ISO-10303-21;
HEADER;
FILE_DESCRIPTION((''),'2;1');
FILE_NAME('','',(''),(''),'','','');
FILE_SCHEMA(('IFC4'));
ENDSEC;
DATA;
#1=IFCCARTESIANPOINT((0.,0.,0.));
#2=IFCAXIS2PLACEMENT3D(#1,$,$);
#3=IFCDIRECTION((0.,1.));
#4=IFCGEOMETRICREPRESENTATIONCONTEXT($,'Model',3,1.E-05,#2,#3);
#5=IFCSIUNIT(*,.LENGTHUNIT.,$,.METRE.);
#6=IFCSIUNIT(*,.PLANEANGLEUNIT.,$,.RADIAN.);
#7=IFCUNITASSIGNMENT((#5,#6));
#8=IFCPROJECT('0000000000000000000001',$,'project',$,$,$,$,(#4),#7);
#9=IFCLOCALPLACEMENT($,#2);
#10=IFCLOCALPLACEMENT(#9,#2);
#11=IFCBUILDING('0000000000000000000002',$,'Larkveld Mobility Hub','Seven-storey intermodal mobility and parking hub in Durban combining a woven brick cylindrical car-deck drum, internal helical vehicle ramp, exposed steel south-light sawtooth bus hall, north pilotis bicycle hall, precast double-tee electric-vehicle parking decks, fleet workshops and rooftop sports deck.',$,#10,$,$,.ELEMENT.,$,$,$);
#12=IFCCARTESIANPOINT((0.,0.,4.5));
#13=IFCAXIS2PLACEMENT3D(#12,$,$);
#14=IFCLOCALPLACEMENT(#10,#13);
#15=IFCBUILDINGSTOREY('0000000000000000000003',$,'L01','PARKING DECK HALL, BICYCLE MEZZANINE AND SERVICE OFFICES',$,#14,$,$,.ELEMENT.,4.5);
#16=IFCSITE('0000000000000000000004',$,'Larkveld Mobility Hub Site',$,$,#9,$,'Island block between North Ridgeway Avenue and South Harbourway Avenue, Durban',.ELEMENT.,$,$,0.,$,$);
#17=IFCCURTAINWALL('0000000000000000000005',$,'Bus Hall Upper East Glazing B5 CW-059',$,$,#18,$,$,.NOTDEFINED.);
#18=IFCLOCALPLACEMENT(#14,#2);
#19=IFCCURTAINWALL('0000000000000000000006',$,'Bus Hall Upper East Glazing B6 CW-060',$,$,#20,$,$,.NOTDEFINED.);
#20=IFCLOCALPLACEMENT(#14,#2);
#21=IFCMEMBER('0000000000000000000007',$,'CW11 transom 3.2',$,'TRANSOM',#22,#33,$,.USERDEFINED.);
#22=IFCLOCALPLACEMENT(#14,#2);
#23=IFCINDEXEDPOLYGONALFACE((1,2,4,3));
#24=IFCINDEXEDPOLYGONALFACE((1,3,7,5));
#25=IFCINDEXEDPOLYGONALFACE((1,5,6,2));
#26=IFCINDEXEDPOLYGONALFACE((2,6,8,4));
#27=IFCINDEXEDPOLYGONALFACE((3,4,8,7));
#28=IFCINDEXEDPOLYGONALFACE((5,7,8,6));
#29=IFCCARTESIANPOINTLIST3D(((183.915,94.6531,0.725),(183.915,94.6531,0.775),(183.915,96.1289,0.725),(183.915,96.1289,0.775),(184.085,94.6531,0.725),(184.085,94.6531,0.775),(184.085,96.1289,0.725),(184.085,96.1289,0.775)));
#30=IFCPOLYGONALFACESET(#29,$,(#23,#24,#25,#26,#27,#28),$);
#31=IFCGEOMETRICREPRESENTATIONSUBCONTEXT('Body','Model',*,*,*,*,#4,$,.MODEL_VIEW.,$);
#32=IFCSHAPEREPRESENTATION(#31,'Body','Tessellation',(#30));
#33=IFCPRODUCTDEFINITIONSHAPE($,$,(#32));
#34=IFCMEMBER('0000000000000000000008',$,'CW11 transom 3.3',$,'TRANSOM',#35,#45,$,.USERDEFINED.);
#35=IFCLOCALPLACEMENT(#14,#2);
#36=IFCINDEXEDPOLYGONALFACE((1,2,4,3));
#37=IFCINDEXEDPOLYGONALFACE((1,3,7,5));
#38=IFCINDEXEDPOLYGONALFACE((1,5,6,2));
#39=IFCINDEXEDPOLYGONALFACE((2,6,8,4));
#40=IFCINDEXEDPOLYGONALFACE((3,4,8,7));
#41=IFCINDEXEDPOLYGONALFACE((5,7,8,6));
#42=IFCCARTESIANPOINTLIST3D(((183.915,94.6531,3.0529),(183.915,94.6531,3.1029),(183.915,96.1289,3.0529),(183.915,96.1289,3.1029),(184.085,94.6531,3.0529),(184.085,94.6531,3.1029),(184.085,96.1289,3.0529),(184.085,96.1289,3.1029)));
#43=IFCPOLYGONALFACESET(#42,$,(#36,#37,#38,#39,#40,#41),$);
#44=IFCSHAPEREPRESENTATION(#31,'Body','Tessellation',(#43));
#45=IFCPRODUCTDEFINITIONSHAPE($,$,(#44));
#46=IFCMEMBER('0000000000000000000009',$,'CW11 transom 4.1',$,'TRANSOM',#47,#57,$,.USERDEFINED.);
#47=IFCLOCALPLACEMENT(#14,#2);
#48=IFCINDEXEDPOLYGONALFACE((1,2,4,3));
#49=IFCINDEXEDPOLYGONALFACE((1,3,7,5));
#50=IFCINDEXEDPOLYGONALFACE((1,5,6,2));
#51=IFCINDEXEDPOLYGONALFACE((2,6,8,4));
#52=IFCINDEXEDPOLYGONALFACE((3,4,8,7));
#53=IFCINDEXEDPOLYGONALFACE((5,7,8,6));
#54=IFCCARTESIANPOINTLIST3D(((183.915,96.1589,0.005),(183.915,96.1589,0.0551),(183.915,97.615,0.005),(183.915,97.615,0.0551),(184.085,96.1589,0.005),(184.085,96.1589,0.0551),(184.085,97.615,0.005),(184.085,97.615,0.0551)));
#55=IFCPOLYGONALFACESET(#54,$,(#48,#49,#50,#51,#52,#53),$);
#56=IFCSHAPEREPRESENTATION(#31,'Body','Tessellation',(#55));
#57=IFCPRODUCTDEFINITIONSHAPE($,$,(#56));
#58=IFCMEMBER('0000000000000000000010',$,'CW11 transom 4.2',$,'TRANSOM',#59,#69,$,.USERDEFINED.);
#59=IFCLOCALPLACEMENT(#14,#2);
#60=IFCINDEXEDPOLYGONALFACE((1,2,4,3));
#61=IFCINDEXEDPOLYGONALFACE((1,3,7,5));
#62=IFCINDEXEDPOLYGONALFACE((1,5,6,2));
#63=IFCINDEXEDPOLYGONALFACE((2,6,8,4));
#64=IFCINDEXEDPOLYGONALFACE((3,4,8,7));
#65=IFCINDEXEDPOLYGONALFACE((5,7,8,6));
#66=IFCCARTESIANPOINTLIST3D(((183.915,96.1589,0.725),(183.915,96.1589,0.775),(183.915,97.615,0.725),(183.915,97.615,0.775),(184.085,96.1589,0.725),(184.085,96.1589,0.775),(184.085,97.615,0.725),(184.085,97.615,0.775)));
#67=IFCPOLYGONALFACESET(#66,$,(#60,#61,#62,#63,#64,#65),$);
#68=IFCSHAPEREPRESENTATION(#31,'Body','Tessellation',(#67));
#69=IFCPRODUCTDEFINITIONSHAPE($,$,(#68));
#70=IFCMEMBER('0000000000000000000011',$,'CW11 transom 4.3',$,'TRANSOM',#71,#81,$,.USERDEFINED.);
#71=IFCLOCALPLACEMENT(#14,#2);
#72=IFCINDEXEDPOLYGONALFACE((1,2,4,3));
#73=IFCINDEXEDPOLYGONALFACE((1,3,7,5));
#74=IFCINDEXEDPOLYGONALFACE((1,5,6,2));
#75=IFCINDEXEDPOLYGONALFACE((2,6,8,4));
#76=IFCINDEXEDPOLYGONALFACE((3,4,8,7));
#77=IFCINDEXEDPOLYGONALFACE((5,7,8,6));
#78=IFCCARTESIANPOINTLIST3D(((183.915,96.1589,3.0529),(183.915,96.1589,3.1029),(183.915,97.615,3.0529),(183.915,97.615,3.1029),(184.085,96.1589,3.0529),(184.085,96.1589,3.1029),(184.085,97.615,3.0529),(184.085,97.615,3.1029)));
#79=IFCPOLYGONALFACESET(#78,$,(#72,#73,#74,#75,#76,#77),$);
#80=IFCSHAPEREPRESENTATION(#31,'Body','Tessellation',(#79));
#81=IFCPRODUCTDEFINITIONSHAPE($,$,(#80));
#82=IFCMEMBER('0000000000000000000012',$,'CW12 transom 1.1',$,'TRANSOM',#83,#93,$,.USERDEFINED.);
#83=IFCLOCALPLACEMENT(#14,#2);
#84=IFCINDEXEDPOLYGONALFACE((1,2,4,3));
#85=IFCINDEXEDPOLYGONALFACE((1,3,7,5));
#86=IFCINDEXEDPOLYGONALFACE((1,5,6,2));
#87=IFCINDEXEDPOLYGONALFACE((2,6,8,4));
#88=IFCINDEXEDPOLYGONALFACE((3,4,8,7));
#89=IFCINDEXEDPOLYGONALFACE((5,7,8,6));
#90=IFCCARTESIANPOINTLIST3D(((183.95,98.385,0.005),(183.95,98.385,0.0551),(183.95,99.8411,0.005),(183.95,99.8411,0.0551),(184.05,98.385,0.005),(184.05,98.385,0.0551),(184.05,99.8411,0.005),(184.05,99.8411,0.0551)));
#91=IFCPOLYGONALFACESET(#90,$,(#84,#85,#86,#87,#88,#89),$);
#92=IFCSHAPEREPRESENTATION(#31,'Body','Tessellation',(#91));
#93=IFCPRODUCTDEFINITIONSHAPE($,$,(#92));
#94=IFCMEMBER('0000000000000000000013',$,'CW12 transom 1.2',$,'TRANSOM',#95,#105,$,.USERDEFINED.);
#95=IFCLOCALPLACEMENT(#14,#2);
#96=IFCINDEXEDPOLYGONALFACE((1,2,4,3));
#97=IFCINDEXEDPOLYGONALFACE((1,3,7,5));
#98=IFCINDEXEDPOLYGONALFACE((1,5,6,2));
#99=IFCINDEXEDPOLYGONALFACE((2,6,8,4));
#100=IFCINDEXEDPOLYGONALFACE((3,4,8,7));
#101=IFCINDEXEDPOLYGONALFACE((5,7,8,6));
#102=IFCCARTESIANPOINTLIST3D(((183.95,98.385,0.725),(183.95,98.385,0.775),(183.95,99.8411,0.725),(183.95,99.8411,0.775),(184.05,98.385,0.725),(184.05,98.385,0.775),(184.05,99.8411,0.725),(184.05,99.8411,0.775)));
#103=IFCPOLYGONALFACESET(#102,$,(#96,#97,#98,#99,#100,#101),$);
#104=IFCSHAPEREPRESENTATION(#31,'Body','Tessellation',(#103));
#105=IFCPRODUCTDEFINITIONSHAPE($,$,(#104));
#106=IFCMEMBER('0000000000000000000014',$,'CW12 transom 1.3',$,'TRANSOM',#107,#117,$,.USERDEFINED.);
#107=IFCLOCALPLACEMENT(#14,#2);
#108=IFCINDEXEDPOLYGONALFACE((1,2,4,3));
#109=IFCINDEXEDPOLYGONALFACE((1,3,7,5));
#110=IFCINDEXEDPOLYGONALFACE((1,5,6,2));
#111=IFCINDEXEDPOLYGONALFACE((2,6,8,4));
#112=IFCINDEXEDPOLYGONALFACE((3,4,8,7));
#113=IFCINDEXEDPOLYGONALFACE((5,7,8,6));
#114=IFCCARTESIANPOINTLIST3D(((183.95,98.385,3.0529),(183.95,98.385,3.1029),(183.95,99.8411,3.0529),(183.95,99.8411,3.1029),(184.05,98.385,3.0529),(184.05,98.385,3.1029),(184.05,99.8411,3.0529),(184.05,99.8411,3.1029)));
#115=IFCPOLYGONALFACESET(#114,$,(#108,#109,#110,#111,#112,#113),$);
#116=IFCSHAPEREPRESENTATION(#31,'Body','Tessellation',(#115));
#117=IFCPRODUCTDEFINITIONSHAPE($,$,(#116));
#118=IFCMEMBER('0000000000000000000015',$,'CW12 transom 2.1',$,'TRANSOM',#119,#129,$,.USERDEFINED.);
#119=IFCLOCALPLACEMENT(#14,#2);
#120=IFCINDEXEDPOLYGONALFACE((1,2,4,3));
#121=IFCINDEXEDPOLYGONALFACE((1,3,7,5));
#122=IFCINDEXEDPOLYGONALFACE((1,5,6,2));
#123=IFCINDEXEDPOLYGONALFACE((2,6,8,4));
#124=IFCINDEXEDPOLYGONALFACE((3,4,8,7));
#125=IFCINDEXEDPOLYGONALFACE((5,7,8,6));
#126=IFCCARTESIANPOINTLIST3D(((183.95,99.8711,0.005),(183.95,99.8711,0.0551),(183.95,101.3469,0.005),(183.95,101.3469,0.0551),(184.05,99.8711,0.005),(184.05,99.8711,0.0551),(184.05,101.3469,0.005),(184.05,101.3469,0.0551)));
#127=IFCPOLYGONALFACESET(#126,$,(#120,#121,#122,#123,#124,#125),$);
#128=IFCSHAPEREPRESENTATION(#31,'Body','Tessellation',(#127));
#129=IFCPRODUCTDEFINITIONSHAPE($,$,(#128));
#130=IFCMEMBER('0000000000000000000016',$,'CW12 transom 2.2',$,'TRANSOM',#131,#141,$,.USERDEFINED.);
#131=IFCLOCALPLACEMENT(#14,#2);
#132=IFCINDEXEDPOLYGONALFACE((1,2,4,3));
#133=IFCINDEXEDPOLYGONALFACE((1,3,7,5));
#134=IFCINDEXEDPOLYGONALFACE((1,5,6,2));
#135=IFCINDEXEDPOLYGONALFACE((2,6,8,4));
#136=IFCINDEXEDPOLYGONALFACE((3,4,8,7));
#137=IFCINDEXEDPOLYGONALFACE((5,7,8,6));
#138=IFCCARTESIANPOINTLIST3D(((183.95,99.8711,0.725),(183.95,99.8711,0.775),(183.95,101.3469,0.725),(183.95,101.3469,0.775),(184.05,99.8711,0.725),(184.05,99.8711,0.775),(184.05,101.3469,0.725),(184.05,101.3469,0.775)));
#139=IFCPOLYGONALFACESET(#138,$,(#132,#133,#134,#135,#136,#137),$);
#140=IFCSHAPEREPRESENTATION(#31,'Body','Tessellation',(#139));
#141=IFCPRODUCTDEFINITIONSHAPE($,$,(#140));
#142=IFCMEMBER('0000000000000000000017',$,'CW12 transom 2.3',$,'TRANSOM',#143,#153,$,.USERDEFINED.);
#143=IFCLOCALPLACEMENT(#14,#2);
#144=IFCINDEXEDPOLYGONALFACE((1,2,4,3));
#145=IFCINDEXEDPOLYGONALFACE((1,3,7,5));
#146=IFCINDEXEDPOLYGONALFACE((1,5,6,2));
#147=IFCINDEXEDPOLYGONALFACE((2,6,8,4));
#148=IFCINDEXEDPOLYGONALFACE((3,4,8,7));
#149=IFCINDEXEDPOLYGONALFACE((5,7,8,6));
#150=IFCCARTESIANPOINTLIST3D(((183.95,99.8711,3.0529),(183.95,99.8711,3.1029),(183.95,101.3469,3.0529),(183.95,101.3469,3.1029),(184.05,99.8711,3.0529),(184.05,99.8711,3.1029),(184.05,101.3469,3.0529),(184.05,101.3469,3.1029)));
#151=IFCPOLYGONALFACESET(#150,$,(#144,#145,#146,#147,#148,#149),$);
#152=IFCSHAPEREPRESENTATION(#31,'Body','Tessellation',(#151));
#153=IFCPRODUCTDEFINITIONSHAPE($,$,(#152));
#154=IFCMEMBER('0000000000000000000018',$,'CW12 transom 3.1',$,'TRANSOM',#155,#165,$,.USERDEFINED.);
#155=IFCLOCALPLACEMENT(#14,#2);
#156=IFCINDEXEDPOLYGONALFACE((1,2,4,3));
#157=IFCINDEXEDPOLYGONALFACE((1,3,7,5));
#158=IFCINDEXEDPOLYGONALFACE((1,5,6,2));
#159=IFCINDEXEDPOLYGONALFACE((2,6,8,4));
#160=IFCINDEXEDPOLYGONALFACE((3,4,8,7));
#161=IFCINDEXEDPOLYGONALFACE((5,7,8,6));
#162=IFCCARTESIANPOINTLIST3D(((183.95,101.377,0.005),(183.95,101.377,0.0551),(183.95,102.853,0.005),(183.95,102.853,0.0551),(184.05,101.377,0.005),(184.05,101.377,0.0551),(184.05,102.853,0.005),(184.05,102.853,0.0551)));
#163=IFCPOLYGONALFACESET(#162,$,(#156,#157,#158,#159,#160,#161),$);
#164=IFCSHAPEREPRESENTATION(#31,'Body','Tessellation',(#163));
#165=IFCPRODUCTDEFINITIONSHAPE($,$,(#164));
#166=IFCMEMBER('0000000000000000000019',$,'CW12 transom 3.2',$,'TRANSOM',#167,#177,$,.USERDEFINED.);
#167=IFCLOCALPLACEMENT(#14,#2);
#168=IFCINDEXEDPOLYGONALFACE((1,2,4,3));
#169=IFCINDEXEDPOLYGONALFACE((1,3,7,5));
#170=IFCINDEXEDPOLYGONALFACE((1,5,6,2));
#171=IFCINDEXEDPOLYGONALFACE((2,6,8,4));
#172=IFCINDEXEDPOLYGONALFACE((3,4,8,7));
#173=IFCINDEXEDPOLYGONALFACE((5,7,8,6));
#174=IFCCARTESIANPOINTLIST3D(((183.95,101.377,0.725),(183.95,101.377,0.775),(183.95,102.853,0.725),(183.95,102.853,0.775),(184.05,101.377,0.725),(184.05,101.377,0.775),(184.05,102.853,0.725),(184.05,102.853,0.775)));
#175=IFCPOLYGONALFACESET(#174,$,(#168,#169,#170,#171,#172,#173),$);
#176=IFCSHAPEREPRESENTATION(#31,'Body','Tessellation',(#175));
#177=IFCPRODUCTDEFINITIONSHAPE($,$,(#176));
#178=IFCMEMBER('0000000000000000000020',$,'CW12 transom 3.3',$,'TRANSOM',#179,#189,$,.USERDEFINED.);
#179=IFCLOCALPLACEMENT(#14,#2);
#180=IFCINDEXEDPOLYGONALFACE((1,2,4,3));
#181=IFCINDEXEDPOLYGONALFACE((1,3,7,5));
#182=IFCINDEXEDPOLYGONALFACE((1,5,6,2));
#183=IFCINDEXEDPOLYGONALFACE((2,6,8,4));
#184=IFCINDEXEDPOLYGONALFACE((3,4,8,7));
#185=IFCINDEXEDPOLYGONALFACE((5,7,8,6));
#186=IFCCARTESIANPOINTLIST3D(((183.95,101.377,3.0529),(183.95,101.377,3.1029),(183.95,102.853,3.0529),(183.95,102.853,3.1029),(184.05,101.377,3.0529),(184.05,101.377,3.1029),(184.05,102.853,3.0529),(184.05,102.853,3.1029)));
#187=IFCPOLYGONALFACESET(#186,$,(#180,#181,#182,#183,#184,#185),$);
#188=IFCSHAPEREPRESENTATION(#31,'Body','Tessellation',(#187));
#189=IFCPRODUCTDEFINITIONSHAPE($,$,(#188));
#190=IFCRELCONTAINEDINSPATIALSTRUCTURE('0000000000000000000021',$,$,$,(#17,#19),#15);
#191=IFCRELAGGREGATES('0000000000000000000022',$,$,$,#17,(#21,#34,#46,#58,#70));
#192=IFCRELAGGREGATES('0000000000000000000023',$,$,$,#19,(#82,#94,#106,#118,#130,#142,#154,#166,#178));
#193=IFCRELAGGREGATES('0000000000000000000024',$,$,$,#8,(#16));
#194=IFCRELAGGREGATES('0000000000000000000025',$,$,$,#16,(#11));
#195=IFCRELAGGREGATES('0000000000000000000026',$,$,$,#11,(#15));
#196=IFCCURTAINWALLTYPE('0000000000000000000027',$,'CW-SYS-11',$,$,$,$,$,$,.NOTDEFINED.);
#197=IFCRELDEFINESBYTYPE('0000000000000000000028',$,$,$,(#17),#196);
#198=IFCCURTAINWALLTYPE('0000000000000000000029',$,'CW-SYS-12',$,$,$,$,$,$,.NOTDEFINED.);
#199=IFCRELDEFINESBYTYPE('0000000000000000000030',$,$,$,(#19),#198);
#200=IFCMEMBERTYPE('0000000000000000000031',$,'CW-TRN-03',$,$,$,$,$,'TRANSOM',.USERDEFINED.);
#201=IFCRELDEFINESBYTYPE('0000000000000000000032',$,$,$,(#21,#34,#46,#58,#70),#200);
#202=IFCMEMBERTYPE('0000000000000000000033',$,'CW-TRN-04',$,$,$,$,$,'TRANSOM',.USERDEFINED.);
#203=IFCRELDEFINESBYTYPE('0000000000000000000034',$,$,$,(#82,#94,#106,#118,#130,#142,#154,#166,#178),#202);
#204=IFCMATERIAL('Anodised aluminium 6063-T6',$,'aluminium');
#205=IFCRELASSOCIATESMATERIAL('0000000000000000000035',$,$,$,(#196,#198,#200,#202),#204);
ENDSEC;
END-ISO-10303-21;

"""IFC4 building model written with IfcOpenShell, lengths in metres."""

from ifc_helpers import new_model, si_unit, direction, frame, origin, origin_2d, place, context, subcontext, project, spatial, rectangle, extrude, material, material_profile, profile_set, type_object, element, aggregate, save


model = new_model("IFC4")

# Units and contexts
model_context = context("Model", 3, precision=1e-05, world=origin(), true_north=direction((0.0, 1.0)))
body_context = subcontext(model_context, "Body", "Model", "MODEL_VIEW")
ifc_project = project(units=[si_unit("LENGTHUNIT", "METRE"), si_unit("PLANEANGLEUNIT", "RADIAN")], contexts=[model_context])

# Site, building, storey
site_placement = place(None, origin())
site = spatial("IfcSite", under=ifc_project, at=site_placement, Name="Larkveld Mobility Hub Site", LongName="Island block between North Ridgeway Avenue and South Harbourway Avenue, Durban", CompositionType="ELEMENT", RefElevation=0.0)
building_placement = place(site_placement, origin())
building = spatial("IfcBuilding", under=site, at=building_placement, Name="Larkveld Mobility Hub", Description="Seven-storey intermodal mobility and parking hub in Durban combining a woven brick cylindrical car-deck drum, internal helical vehicle ramp, exposed steel south-light sawtooth bus hall, north pilotis bicycle hall, precast double-tee electric-vehicle parking decks, fleet workshops and rooftop sports deck.", CompositionType="ELEMENT")
storey_placement = place(building_placement, frame((0.0, 0.0, 4.5)))
storey = spatial("IfcBuildingStorey", under=building, at=storey_placement, Name="L01", Description="PARKING DECK HALL, BICYCLE MEZZANINE AND SERVICE OFFICES", CompositionType="ELEMENT", Elevation=4.5)

# Curtain walls
ifc_material_1 = material(Name="Anodised aluminium 6063-T6", Category="aluminium")
curtain_wall_type_1 = type_object("IfcCurtainWallType", Name="CW-SYS-11", PredefinedType="NOTDEFINED", material=ifc_material_1)
curtain_wall_1_placement = place(storey_placement, origin())
curtain_wall_1 = element("IfcCurtainWall", 1, at=curtain_wall_1_placement, inside=storey, type_object=curtain_wall_type_1, Name="Bus Hall Upper East Glazing B5 CW-059", PredefinedType="NOTDEFINED")
curtain_wall_type_2 = type_object("IfcCurtainWallType", Name="CW-SYS-12", PredefinedType="NOTDEFINED", material=ifc_material_1)
curtain_wall_2_placement = place(storey_placement, origin())
curtain_wall_2 = element("IfcCurtainWall", 2, at=curtain_wall_2_placement, inside=storey, type_object=curtain_wall_type_2, Name="Bus Hall Upper East Glazing B6 CW-060", PredefinedType="NOTDEFINED")

# Members
ifc_material_profile_1 = material_profile(ifc_material_1, rectangle(XDim=0.1699, YDim=0.05, at=origin_2d()), Name="ALU TRAN 50x170")
ifc_profile_set_1 = profile_set([ifc_material_profile_1], Name="Anodised aluminium 6063-T6")
member_type_1 = type_object("IfcMemberType", Name="CW-TRN-03", ElementType="TRANSOM", PredefinedType="USERDEFINED", material=ifc_profile_set_1)
member_1_placement = place(storey_placement, frame((184.0, 94.6531, 0.75), z_axis=(0.0, 1.0, 0.0), x_axis=(-1.0, 0.0, 0.0)))
member_1 = element("IfcMember", 3, at=member_1_placement, type_object=member_type_1, Name="CW11 transom 3.2", ObjectType="TRANSOM", PredefinedType="USERDEFINED", context=body_context, shape_type="SweptSolid", body=[
    extrude(rectangle(XDim=0.1699, YDim=0.05, at=origin_2d()), origin(), (0.0, 0.0, 1.0), 1.4758),
])
member_2_placement = place(storey_placement, frame((184.0, 94.6531, 3.0779), z_axis=(0.0, 1.0, 0.0), x_axis=(-1.0, 0.0, 0.0)))
member_2 = element("IfcMember", 4, at=member_2_placement, type_object=member_type_1, Name="CW11 transom 3.3", ObjectType="TRANSOM", PredefinedType="USERDEFINED", context=body_context, shape_type="SweptSolid", body=[
    extrude(rectangle(XDim=0.1699, YDim=0.05, at=origin_2d()), origin(), (0.0, 0.0, 1.0), 1.4758),
])
member_3_placement = place(storey_placement, frame((184.0, 96.1589, 0.03), z_axis=(0.0, 1.0, 0.0), x_axis=(-1.0, 0.0, 0.0)))
member_3 = element("IfcMember", 5, at=member_3_placement, type_object=member_type_1, Name="CW11 transom 4.1", ObjectType="TRANSOM", PredefinedType="USERDEFINED", context=body_context, shape_type="SweptSolid", body=[
    extrude(rectangle(XDim=0.1699, YDim=0.05, at=origin_2d()), origin(), (0.0, 0.0, 1.0), 1.4561),
])
member_4_placement = place(storey_placement, frame((184.0, 96.1589, 0.75), z_axis=(0.0, 1.0, 0.0), x_axis=(-1.0, 0.0, 0.0)))
member_4 = element("IfcMember", 6, at=member_4_placement, type_object=member_type_1, Name="CW11 transom 4.2", ObjectType="TRANSOM", PredefinedType="USERDEFINED", context=body_context, shape_type="SweptSolid", body=[
    extrude(rectangle(XDim=0.1699, YDim=0.05, at=origin_2d()), origin(), (0.0, 0.0, 1.0), 1.4561),
])
member_5_placement = place(storey_placement, frame((184.0, 96.1589, 3.0779), z_axis=(0.0, 1.0, 0.0), x_axis=(-1.0, 0.0, 0.0)))
member_5 = element("IfcMember", 7, at=member_5_placement, type_object=member_type_1, Name="CW11 transom 4.3", ObjectType="TRANSOM", PredefinedType="USERDEFINED", context=body_context, shape_type="SweptSolid", body=[
    extrude(rectangle(XDim=0.1699, YDim=0.05, at=origin_2d()), origin(), (0.0, 0.0, 1.0), 1.4561),
])
ifc_material_profile_2 = material_profile(ifc_material_1, rectangle(XDim=0.1001, YDim=0.05, at=origin_2d()), Name="ALU TRAN 50x100")
ifc_profile_set_2 = profile_set([ifc_material_profile_2], Name="Anodised aluminium 6063-T6")
member_type_2 = type_object("IfcMemberType", Name="CW-TRN-04", ElementType="TRANSOM", PredefinedType="USERDEFINED", material=ifc_profile_set_2)
member_6_placement = place(storey_placement, frame((184.0, 98.385, 0.03), z_axis=(0.0, 1.0, 0.0), x_axis=(-1.0, 0.0, 0.0)))
member_6 = element("IfcMember", 8, at=member_6_placement, type_object=member_type_2, Name="CW12 transom 1.1", ObjectType="TRANSOM", PredefinedType="USERDEFINED", context=body_context, shape_type="SweptSolid", body=[
    extrude(rectangle(XDim=0.1001, YDim=0.05, at=origin_2d()), origin(), (0.0, 0.0, 1.0), 1.4561),
])
member_7_placement = place(storey_placement, frame((184.0, 98.385, 0.75), z_axis=(0.0, 1.0, 0.0), x_axis=(-1.0, 0.0, 0.0)))
member_7 = element("IfcMember", 9, at=member_7_placement, type_object=member_type_2, Name="CW12 transom 1.2", ObjectType="TRANSOM", PredefinedType="USERDEFINED", context=body_context, shape_type="SweptSolid", body=[
    extrude(rectangle(XDim=0.1001, YDim=0.05, at=origin_2d()), origin(), (0.0, 0.0, 1.0), 1.4561),
])
member_8_placement = place(storey_placement, frame((184.0, 98.385, 3.0779), z_axis=(0.0, 1.0, 0.0), x_axis=(-1.0, 0.0, 0.0)))
member_8 = element("IfcMember", 10, at=member_8_placement, type_object=member_type_2, Name="CW12 transom 1.3", ObjectType="TRANSOM", PredefinedType="USERDEFINED", context=body_context, shape_type="SweptSolid", body=[
    extrude(rectangle(XDim=0.1001, YDim=0.05, at=origin_2d()), origin(), (0.0, 0.0, 1.0), 1.4561),
])
member_9_placement = place(storey_placement, frame((184.0, 99.8711, 0.03), z_axis=(0.0, 1.0, 0.0), x_axis=(-1.0, 0.0, 0.0)))
member_9 = element("IfcMember", 11, at=member_9_placement, type_object=member_type_2, Name="CW12 transom 2.1", ObjectType="TRANSOM", PredefinedType="USERDEFINED", context=body_context, shape_type="SweptSolid", body=[
    extrude(rectangle(XDim=0.1001, YDim=0.05, at=origin_2d()), origin(), (0.0, 0.0, 1.0), 1.4758),
])
member_10_placement = place(storey_placement, frame((184.0, 99.8711, 0.75), z_axis=(0.0, 1.0, 0.0), x_axis=(-1.0, 0.0, 0.0)))
member_10 = element("IfcMember", 12, at=member_10_placement, type_object=member_type_2, Name="CW12 transom 2.2", ObjectType="TRANSOM", PredefinedType="USERDEFINED", context=body_context, shape_type="SweptSolid", body=[
    extrude(rectangle(XDim=0.1001, YDim=0.05, at=origin_2d()), origin(), (0.0, 0.0, 1.0), 1.4758),
])
member_11_placement = place(storey_placement, frame((184.0, 99.8711, 3.0779), z_axis=(0.0, 1.0, 0.0), x_axis=(-1.0, 0.0, 0.0)))
member_11 = element("IfcMember", 13, at=member_11_placement, type_object=member_type_2, Name="CW12 transom 2.3", ObjectType="TRANSOM", PredefinedType="USERDEFINED", context=body_context, shape_type="SweptSolid", body=[
    extrude(rectangle(XDim=0.1001, YDim=0.05, at=origin_2d()), origin(), (0.0, 0.0, 1.0), 1.4758),
])
member_12_placement = place(storey_placement, frame((184.0, 101.377, 0.03), z_axis=(0.0, 1.0, 0.0), x_axis=(-1.0, 0.0, 0.0)))
member_12 = element("IfcMember", 14, at=member_12_placement, type_object=member_type_2, Name="CW12 transom 3.1", ObjectType="TRANSOM", PredefinedType="USERDEFINED", context=body_context, shape_type="SweptSolid", body=[
    extrude(rectangle(XDim=0.1001, YDim=0.05, at=origin_2d()), origin(), (0.0, 0.0, 1.0), 1.4761),
])
member_13_placement = place(storey_placement, frame((184.0, 101.377, 0.75), z_axis=(0.0, 1.0, 0.0), x_axis=(-1.0, 0.0, 0.0)))
member_13 = element("IfcMember", 15, at=member_13_placement, type_object=member_type_2, Name="CW12 transom 3.2", ObjectType="TRANSOM", PredefinedType="USERDEFINED", context=body_context, shape_type="SweptSolid", body=[
    extrude(rectangle(XDim=0.1001, YDim=0.05, at=origin_2d()), origin(), (0.0, 0.0, 1.0), 1.4761),
])
member_14_placement = place(storey_placement, frame((184.0, 101.377, 3.0779), z_axis=(0.0, 1.0, 0.0), x_axis=(-1.0, 0.0, 0.0)))
member_14 = element("IfcMember", 16, at=member_14_placement, type_object=member_type_2, Name="CW12 transom 3.3", ObjectType="TRANSOM", PredefinedType="USERDEFINED", context=body_context, shape_type="SweptSolid", body=[
    extrude(rectangle(XDim=0.1001, YDim=0.05, at=origin_2d()), origin(), (0.0, 0.0, 1.0), 1.4761),
])

aggregate(curtain_wall_1, [member_1, member_2, member_3, member_4, member_5])
aggregate(curtain_wall_2, [member_6, member_7, member_8, member_9, member_10, member_11, member_12, member_13, member_14])

save(model, "model.ifc")
